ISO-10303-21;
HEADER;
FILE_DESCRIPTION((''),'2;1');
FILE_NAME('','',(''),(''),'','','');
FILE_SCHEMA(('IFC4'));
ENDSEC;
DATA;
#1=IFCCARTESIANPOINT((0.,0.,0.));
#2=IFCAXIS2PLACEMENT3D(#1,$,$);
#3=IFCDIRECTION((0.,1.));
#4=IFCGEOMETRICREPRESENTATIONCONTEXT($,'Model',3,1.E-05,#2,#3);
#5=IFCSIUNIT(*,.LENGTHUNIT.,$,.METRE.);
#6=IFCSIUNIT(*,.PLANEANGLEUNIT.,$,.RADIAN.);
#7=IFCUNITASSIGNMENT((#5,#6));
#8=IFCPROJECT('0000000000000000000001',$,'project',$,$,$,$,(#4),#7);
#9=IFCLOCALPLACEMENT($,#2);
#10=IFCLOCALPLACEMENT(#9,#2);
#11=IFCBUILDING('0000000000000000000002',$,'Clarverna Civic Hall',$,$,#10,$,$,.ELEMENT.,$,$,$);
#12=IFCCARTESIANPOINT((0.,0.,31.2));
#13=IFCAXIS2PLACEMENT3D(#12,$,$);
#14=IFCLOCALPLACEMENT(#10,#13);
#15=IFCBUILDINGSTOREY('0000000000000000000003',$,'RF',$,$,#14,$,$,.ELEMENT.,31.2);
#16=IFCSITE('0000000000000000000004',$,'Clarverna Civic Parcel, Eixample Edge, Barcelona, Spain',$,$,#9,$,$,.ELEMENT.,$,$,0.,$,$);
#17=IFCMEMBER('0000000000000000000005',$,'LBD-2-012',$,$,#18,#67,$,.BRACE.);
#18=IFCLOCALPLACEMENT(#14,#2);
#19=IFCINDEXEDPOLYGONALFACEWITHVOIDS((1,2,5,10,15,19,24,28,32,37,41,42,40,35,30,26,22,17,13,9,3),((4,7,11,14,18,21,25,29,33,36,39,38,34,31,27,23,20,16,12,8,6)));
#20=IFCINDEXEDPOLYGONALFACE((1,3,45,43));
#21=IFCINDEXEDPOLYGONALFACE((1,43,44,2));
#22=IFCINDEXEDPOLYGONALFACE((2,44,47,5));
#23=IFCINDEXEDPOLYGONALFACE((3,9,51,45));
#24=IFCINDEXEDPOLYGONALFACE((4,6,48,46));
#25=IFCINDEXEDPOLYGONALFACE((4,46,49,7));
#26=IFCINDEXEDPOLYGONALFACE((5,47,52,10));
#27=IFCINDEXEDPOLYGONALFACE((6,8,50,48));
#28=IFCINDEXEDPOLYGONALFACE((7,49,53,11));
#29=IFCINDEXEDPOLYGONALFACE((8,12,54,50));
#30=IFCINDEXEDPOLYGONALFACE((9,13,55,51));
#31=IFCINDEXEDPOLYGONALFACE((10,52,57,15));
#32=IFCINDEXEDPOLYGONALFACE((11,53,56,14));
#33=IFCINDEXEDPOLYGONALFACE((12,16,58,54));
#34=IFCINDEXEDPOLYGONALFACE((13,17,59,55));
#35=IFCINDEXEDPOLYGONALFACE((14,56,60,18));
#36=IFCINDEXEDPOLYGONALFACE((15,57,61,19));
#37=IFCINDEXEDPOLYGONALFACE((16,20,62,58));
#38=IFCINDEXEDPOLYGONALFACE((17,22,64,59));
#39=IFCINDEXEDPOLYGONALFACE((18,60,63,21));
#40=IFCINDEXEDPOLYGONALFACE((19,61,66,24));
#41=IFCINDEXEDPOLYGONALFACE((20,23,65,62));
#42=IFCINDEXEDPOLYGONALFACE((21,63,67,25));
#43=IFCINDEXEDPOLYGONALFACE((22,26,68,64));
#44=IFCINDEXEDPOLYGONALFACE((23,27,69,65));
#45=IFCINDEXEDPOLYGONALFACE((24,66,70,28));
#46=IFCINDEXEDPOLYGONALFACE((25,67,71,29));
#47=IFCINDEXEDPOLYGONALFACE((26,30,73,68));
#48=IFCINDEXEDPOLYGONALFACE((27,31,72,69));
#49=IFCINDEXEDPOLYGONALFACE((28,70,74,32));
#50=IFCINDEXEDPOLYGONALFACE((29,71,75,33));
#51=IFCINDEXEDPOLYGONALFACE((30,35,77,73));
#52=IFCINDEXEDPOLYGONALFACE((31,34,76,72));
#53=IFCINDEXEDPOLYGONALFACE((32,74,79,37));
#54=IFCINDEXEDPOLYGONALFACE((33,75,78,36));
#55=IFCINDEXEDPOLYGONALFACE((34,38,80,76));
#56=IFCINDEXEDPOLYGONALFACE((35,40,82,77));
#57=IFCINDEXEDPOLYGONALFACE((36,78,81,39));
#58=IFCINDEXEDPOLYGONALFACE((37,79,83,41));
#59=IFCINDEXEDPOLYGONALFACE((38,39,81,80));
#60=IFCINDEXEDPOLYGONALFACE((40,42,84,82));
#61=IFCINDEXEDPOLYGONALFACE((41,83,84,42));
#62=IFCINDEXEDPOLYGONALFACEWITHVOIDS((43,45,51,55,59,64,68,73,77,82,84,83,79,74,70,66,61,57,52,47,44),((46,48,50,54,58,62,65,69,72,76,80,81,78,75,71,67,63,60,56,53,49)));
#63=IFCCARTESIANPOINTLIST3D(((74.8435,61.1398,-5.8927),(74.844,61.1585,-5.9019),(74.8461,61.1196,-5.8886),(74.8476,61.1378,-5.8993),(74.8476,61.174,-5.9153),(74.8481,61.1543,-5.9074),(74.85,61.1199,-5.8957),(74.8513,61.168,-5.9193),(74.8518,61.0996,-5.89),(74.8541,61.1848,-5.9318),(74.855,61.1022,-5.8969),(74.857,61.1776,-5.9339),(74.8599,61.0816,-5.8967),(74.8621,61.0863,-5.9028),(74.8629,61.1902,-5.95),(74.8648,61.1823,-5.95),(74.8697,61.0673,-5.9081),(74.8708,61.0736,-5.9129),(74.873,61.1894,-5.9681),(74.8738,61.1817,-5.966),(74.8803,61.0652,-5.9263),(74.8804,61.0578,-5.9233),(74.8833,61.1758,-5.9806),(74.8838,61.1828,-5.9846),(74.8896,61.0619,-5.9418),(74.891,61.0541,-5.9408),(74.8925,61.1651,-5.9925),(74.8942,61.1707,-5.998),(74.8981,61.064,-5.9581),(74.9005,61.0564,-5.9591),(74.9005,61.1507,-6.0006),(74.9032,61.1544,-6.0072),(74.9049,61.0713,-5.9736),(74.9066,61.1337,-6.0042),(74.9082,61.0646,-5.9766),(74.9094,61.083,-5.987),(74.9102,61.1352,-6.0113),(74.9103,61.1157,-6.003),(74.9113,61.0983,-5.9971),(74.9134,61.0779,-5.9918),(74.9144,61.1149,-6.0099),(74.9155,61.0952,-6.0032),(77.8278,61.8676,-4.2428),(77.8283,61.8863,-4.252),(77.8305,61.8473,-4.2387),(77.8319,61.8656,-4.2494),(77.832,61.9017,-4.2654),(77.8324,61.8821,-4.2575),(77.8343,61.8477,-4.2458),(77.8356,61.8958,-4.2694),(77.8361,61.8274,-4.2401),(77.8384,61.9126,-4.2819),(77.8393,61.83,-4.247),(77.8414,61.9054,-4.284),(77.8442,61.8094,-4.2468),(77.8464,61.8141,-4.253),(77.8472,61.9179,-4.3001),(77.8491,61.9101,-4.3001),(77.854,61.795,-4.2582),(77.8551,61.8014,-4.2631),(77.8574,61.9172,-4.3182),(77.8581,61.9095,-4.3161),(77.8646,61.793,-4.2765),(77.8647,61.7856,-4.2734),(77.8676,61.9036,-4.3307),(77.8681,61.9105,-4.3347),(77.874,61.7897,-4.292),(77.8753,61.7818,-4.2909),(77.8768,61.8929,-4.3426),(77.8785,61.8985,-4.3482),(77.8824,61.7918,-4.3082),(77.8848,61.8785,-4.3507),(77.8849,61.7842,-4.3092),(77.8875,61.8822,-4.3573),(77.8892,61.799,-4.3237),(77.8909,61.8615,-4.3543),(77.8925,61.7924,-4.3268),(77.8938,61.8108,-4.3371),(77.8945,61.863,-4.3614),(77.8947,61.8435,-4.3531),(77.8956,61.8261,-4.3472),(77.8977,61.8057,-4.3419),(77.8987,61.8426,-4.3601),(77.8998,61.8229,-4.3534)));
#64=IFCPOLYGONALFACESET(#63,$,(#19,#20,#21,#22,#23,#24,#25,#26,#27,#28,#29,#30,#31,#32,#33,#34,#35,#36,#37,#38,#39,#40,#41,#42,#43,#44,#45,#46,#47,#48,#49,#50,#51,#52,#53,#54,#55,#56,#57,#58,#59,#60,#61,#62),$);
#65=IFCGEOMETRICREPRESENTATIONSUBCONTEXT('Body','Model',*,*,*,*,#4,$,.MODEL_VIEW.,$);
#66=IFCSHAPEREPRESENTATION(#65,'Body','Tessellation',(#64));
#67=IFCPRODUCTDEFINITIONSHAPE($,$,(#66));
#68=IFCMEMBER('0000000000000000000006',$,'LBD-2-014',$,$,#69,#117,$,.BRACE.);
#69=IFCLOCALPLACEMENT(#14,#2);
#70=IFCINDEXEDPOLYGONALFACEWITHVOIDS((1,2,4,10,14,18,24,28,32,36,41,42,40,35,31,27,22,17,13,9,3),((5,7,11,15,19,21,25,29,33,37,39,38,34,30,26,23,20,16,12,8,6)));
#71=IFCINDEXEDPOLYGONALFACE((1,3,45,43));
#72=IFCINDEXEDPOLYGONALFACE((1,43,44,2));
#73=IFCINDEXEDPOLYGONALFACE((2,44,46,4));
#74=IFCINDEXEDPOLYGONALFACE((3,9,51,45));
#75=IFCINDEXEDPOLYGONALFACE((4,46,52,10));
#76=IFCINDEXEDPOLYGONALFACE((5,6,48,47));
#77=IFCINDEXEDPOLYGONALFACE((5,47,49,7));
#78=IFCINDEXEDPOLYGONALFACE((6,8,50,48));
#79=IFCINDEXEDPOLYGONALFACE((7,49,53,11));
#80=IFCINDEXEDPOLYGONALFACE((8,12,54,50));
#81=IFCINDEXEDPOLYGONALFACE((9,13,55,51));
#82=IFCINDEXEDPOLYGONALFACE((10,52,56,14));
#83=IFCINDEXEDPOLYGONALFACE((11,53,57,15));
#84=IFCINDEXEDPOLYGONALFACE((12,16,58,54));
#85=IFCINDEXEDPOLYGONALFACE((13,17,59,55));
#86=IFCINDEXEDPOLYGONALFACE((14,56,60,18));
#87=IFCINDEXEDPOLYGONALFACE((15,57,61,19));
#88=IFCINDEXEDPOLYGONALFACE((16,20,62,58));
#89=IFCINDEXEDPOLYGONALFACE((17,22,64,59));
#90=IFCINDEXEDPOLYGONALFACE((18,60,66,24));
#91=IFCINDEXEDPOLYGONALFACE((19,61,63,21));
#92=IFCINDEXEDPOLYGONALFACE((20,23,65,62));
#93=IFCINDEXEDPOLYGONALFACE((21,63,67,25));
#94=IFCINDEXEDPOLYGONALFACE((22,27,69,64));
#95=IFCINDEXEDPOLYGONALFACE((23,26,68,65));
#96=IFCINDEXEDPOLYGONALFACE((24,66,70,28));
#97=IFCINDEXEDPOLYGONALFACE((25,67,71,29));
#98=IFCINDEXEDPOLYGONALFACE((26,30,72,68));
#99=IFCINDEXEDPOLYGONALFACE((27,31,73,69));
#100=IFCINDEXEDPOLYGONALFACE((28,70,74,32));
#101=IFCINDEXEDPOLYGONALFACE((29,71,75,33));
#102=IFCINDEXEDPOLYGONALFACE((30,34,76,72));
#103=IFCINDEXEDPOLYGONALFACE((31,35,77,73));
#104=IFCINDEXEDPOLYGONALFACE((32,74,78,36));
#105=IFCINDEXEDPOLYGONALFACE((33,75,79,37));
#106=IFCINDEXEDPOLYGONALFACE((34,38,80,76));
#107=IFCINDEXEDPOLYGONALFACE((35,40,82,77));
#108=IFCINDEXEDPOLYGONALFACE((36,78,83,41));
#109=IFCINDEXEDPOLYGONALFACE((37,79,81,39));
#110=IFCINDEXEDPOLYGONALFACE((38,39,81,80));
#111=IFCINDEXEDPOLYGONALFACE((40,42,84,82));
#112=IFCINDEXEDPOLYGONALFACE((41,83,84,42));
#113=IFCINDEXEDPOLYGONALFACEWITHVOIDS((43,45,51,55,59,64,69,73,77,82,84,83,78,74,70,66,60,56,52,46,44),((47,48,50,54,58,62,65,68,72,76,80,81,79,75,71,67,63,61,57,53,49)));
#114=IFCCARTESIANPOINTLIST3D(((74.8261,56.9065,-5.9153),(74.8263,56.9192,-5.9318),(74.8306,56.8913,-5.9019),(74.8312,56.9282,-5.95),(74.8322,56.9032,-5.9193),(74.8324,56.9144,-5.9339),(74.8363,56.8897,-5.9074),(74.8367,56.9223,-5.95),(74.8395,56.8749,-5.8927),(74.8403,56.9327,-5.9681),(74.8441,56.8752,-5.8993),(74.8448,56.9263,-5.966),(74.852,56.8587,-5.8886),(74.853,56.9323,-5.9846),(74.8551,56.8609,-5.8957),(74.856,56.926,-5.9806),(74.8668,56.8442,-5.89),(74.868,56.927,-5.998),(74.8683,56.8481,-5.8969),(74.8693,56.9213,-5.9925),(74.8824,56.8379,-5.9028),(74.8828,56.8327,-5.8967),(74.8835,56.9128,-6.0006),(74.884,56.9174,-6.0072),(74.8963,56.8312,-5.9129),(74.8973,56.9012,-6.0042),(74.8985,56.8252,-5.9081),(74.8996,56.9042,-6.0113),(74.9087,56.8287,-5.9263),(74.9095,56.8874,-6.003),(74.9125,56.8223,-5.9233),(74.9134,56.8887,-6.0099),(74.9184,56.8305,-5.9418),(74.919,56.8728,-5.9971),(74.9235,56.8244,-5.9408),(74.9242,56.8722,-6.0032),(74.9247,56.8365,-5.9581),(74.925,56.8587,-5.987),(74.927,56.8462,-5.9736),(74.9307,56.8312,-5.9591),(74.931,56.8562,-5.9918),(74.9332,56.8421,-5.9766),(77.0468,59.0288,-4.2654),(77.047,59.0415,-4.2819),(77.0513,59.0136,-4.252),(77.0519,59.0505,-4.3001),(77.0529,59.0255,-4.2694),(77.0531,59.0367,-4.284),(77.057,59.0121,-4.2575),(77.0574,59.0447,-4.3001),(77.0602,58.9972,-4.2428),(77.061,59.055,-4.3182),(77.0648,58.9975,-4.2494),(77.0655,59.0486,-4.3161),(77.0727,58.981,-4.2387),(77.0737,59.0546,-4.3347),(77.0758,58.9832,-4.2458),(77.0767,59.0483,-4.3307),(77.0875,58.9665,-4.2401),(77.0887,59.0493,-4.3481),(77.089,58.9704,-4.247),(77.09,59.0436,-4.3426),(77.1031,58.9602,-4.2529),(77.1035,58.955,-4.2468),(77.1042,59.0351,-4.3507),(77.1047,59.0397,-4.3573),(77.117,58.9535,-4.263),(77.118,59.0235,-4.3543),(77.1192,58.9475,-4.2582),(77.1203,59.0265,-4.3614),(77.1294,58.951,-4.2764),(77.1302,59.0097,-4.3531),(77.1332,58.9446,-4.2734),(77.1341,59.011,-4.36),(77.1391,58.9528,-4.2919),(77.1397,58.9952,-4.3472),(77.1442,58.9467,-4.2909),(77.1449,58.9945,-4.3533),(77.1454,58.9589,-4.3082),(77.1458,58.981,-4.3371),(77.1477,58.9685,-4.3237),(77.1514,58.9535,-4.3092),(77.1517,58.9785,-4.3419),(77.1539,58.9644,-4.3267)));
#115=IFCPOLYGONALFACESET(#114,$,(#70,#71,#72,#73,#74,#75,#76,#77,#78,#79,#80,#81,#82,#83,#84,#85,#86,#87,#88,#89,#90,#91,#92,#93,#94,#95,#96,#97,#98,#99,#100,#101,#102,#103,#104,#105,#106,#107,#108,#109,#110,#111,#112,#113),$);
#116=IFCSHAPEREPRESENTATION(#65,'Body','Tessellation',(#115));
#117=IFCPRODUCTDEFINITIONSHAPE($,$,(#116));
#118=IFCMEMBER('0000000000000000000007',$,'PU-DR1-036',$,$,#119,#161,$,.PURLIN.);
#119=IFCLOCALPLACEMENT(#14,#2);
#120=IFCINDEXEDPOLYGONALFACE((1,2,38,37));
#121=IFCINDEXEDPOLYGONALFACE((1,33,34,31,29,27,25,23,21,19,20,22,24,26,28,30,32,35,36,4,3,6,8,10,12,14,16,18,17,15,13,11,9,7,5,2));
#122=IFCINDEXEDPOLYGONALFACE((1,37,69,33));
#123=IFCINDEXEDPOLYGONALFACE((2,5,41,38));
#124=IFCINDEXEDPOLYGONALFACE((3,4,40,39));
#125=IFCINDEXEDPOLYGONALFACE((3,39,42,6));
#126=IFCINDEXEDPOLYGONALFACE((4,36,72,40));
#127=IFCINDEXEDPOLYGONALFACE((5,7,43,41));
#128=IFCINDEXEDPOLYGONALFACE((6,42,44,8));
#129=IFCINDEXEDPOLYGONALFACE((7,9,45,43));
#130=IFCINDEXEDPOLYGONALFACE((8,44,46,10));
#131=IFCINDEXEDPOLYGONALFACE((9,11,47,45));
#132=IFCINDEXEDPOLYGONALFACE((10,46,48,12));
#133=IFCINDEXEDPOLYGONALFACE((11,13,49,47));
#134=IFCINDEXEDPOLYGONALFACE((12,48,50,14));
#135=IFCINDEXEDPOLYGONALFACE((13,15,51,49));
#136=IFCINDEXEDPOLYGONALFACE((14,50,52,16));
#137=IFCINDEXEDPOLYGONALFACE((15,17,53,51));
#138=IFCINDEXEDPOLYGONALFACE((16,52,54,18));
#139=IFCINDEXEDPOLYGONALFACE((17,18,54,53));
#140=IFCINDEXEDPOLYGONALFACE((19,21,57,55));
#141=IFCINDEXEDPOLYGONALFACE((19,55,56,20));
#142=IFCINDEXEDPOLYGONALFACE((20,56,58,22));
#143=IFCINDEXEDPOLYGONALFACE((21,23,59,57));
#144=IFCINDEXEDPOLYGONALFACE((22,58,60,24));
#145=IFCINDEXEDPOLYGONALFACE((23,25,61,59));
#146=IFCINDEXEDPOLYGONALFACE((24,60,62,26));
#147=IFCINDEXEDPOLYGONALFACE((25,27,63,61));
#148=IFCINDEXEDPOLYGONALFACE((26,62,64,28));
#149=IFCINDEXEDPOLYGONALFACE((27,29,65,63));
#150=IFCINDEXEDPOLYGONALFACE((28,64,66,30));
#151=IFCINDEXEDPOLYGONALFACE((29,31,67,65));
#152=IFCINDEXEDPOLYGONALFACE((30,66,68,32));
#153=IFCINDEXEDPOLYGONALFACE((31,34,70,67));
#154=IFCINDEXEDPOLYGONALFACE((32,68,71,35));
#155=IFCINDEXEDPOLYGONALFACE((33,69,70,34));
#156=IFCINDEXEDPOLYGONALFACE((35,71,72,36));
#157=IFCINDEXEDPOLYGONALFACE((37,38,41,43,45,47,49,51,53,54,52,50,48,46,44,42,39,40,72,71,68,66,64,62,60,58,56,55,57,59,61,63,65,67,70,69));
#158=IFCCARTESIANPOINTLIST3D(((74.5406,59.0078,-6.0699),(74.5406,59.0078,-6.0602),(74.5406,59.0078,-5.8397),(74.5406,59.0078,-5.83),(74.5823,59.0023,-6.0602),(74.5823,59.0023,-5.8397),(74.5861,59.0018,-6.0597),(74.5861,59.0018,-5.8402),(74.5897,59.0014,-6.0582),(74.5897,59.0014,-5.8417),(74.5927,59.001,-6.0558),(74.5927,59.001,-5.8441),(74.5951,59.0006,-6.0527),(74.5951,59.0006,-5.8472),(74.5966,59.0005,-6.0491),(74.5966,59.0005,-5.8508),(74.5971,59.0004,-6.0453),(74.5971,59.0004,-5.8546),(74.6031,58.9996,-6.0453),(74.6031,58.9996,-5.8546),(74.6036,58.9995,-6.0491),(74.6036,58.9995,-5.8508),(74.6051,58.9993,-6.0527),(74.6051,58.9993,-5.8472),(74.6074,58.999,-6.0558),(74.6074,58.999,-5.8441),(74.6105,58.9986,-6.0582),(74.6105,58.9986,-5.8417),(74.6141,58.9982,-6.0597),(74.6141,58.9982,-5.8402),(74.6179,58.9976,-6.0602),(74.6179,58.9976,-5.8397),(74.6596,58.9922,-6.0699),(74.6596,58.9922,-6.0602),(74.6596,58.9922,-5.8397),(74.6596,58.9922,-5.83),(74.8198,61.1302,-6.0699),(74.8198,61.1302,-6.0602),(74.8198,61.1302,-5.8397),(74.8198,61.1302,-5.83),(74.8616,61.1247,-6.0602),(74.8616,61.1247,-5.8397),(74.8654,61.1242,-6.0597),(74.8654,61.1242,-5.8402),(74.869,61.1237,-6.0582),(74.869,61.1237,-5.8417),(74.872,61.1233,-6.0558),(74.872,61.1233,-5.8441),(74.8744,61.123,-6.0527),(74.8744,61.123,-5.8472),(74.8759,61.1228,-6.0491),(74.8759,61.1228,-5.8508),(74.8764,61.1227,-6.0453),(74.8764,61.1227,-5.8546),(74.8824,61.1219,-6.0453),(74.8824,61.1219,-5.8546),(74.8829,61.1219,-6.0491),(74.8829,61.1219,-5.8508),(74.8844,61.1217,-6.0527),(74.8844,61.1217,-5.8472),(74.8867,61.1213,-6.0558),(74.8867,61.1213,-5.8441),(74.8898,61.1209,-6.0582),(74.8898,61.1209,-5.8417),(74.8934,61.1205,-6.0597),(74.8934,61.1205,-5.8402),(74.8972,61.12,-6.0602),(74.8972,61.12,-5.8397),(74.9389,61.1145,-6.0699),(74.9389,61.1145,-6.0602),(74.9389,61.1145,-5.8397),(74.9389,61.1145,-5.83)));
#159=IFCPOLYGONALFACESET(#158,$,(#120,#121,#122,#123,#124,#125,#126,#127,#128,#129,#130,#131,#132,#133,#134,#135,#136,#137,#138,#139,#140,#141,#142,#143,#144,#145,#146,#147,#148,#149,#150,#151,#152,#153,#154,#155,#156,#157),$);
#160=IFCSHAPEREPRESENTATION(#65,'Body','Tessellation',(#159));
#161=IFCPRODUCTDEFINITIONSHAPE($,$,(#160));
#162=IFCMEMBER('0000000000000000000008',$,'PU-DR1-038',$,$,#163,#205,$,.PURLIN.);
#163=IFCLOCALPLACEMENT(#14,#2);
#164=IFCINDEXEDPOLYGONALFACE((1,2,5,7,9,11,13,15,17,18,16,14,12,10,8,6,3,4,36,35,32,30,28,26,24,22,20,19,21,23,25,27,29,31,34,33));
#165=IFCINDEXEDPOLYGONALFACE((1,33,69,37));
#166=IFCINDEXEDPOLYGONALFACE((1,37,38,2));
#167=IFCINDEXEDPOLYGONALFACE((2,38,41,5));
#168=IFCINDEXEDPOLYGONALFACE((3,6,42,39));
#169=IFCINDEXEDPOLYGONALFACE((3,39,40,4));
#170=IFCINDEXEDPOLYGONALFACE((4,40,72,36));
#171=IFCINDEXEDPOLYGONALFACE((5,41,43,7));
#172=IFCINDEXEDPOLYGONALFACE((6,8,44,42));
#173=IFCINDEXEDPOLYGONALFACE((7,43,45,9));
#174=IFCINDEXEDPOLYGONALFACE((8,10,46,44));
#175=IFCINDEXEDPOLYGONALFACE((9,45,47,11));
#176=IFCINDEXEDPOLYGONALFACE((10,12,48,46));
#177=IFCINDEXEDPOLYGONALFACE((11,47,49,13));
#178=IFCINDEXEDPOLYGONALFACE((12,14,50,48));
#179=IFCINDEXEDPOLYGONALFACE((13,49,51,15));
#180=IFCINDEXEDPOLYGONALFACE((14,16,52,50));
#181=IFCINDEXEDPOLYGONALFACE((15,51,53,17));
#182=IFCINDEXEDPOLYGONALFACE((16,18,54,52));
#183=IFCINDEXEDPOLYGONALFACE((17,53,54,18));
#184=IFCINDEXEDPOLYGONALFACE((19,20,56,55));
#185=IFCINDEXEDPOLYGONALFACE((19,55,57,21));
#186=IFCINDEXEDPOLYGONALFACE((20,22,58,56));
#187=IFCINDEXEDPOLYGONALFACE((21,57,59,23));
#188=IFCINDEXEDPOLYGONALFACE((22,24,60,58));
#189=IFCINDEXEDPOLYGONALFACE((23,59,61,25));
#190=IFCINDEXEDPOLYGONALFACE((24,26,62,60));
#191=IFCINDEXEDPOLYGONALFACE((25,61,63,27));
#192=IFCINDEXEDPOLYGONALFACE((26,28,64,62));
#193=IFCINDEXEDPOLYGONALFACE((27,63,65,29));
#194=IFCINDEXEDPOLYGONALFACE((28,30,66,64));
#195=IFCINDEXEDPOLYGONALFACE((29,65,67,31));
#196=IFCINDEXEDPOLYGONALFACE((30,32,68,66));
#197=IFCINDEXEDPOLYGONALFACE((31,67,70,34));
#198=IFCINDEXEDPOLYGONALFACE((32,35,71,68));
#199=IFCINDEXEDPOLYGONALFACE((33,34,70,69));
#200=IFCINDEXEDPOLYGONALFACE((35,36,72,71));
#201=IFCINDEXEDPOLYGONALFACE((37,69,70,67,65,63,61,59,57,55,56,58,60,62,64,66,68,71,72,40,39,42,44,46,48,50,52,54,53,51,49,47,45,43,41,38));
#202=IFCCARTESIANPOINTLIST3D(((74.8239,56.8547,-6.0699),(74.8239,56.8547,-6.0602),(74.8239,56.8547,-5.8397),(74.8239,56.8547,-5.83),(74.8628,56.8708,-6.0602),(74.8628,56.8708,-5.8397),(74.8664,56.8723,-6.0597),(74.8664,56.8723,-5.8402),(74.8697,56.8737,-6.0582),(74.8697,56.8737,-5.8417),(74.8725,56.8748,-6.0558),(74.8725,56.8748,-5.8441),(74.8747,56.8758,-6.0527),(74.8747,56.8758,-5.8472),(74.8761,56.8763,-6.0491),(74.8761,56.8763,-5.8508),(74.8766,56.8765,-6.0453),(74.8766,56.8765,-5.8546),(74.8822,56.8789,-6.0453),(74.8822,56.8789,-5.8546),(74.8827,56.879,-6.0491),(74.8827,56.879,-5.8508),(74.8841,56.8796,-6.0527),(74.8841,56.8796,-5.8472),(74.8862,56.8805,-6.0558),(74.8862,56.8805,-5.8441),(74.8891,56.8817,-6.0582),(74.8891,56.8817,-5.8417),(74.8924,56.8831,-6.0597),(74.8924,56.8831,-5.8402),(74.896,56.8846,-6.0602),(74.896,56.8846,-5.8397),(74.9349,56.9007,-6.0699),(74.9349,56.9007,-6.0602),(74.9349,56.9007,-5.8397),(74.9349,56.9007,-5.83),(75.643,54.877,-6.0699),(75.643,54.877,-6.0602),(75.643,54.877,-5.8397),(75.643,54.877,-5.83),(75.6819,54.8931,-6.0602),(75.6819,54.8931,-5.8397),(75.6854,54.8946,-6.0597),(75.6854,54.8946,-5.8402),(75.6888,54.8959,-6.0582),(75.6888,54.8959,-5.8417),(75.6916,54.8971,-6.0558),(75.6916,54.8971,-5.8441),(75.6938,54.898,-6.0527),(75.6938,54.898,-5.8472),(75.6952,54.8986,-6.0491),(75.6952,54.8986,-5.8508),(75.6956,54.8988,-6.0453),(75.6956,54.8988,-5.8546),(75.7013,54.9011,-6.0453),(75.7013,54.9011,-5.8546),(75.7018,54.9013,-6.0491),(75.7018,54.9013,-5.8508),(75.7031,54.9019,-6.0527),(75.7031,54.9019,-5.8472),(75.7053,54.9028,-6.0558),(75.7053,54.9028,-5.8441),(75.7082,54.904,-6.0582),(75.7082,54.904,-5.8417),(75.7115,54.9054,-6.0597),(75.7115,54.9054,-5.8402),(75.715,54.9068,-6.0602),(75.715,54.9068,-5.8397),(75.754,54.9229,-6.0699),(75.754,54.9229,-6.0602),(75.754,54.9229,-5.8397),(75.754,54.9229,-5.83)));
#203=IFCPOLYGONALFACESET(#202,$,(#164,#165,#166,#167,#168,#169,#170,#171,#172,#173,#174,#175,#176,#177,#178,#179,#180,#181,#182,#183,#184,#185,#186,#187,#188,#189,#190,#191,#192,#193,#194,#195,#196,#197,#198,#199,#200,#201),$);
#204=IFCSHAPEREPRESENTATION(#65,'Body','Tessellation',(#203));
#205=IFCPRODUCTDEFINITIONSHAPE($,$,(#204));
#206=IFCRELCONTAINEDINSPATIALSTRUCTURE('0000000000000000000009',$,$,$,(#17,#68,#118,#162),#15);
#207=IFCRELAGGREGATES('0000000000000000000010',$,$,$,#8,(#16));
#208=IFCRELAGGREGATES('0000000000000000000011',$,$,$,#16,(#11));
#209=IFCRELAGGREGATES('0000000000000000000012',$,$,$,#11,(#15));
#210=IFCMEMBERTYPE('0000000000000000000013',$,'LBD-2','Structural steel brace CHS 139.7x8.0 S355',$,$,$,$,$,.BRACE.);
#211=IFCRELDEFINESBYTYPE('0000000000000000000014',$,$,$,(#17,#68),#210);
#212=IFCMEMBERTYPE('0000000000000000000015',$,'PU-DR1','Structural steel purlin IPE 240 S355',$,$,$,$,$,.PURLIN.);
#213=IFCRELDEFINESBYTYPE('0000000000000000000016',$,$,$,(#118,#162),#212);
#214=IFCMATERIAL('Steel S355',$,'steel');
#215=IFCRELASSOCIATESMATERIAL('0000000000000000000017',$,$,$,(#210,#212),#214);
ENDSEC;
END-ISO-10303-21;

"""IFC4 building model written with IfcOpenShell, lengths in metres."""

from ifc_helpers import new_model, si_unit, direction, frame, origin, origin_2d, place, context, subcontext, project, spatial, hollow_circle, i_section, extrude, material, material_profile, profile_set, type_object, element, save


model = new_model("IFC4")

# Units and contexts
model_context = context("Model", 3, precision=1e-05, world=origin(), true_north=direction((0.0, 1.0)))
body_context = subcontext(model_context, "Body", "Model", "MODEL_VIEW")
ifc_project = project(units=[si_unit("LENGTHUNIT", "METRE"), si_unit("PLANEANGLEUNIT", "RADIAN")], contexts=[model_context])

# Site, building, storey
site_placement = place(None, origin())
site = spatial("IfcSite", under=ifc_project, at=site_placement, Name="Clarverna Civic Parcel, Eixample Edge, Barcelona, Spain", CompositionType="ELEMENT", RefElevation=0.0)
building_placement = place(site_placement, origin())
building = spatial("IfcBuilding", under=site, at=building_placement, Name="Clarverna Civic Hall", CompositionType="ELEMENT")
storey_placement = place(building_placement, frame((0.0, 0.0, 31.2)))
storey = spatial("IfcBuildingStorey", under=building, at=storey_placement, Name="RF", CompositionType="ELEMENT", Elevation=31.2)

# Members
ifc_material_1 = material(Name="Steel S355", Category="steel")
ifc_material_profile_1 = material_profile(ifc_material_1, hollow_circle(Radius=0.0698, WallThickness=0.0081, at=origin_2d()), Name="CHS 139.7x8.0")
ifc_profile_set_1 = profile_set([ifc_material_profile_1], Name="Steel S355")
member_type_1 = type_object("IfcMemberType", Name="LBD-2", Description="Structural steel brace CHS 139.7x8.0 S355", PredefinedType="BRACE", material=ifc_profile_set_1)
for number, where, z_axis, x_axis, name in (
    (1, (74.8794, 61.1223, -5.95), (0.855887, 0.20872, 0.473174), (-0.236921, 0.971529, 0.0), "LBD-2-012"),
    (2, (74.8794, 56.8777, -5.95), (0.636885, 0.608668, 0.473182), (-0.69091, 0.72294, 0.0), "LBD-2-014"),
):
    element("IfcMember", number, at=place(storey_placement, frame(where, z_axis=z_axis, x_axis=x_axis)), inside=storey, type_object=member_type_1, Name=name, PredefinedType="BRACE", context=body_context, shape_type="SweptSolid", body=[
        extrude(hollow_circle(Radius=0.0698, WallThickness=0.0081, at=origin_2d()), origin(), (0.0, 0.0, 1.0), 3.4868),
    ])
ifc_material_profile_2 = material_profile(ifc_material_1, i_section(OverallWidth=0.1201, OverallDepth=0.24, WebThickness=0.0061, FlangeThickness=0.0098, FilletRadius=0.0149, at=origin_2d()), Name="IPE 240")
ifc_profile_set_2 = profile_set([ifc_material_profile_2], Name="Steel S355")
member_type_2 = type_object("IfcMemberType", Name="PU-DR1", Description="Structural steel purlin IPE 240 S355", PredefinedType="PURLIN", material=ifc_profile_set_2)
for number, where, z_axis, x_axis, name in (
    (3, (74.8794, 61.1223, -5.95), (-0.130475, -0.991452, 0.0), (0.991452, -0.130475, 0.0), "PU-DR1-036"),
    (4, (74.8794, 56.8777, -5.95), (0.38263, -0.923901, 0.0), (0.923901, 0.38263, 0.0), "PU-DR1-038"),
):
    element("IfcMember", number, at=place(storey_placement, frame(where, z_axis=z_axis, x_axis=x_axis)), inside=storey, type_object=member_type_2, Name=name, PredefinedType="PURLIN", context=body_context, shape_type="SweptSolid", body=[
        extrude(i_section(OverallWidth=0.1201, OverallDepth=0.24, WebThickness=0.0061, FlangeThickness=0.0098, FilletRadius=0.0149, at=origin_2d()), origin(), (0.0, 0.0, 1.0), 2.1406),
    ])

save(model, "model.ifc")
